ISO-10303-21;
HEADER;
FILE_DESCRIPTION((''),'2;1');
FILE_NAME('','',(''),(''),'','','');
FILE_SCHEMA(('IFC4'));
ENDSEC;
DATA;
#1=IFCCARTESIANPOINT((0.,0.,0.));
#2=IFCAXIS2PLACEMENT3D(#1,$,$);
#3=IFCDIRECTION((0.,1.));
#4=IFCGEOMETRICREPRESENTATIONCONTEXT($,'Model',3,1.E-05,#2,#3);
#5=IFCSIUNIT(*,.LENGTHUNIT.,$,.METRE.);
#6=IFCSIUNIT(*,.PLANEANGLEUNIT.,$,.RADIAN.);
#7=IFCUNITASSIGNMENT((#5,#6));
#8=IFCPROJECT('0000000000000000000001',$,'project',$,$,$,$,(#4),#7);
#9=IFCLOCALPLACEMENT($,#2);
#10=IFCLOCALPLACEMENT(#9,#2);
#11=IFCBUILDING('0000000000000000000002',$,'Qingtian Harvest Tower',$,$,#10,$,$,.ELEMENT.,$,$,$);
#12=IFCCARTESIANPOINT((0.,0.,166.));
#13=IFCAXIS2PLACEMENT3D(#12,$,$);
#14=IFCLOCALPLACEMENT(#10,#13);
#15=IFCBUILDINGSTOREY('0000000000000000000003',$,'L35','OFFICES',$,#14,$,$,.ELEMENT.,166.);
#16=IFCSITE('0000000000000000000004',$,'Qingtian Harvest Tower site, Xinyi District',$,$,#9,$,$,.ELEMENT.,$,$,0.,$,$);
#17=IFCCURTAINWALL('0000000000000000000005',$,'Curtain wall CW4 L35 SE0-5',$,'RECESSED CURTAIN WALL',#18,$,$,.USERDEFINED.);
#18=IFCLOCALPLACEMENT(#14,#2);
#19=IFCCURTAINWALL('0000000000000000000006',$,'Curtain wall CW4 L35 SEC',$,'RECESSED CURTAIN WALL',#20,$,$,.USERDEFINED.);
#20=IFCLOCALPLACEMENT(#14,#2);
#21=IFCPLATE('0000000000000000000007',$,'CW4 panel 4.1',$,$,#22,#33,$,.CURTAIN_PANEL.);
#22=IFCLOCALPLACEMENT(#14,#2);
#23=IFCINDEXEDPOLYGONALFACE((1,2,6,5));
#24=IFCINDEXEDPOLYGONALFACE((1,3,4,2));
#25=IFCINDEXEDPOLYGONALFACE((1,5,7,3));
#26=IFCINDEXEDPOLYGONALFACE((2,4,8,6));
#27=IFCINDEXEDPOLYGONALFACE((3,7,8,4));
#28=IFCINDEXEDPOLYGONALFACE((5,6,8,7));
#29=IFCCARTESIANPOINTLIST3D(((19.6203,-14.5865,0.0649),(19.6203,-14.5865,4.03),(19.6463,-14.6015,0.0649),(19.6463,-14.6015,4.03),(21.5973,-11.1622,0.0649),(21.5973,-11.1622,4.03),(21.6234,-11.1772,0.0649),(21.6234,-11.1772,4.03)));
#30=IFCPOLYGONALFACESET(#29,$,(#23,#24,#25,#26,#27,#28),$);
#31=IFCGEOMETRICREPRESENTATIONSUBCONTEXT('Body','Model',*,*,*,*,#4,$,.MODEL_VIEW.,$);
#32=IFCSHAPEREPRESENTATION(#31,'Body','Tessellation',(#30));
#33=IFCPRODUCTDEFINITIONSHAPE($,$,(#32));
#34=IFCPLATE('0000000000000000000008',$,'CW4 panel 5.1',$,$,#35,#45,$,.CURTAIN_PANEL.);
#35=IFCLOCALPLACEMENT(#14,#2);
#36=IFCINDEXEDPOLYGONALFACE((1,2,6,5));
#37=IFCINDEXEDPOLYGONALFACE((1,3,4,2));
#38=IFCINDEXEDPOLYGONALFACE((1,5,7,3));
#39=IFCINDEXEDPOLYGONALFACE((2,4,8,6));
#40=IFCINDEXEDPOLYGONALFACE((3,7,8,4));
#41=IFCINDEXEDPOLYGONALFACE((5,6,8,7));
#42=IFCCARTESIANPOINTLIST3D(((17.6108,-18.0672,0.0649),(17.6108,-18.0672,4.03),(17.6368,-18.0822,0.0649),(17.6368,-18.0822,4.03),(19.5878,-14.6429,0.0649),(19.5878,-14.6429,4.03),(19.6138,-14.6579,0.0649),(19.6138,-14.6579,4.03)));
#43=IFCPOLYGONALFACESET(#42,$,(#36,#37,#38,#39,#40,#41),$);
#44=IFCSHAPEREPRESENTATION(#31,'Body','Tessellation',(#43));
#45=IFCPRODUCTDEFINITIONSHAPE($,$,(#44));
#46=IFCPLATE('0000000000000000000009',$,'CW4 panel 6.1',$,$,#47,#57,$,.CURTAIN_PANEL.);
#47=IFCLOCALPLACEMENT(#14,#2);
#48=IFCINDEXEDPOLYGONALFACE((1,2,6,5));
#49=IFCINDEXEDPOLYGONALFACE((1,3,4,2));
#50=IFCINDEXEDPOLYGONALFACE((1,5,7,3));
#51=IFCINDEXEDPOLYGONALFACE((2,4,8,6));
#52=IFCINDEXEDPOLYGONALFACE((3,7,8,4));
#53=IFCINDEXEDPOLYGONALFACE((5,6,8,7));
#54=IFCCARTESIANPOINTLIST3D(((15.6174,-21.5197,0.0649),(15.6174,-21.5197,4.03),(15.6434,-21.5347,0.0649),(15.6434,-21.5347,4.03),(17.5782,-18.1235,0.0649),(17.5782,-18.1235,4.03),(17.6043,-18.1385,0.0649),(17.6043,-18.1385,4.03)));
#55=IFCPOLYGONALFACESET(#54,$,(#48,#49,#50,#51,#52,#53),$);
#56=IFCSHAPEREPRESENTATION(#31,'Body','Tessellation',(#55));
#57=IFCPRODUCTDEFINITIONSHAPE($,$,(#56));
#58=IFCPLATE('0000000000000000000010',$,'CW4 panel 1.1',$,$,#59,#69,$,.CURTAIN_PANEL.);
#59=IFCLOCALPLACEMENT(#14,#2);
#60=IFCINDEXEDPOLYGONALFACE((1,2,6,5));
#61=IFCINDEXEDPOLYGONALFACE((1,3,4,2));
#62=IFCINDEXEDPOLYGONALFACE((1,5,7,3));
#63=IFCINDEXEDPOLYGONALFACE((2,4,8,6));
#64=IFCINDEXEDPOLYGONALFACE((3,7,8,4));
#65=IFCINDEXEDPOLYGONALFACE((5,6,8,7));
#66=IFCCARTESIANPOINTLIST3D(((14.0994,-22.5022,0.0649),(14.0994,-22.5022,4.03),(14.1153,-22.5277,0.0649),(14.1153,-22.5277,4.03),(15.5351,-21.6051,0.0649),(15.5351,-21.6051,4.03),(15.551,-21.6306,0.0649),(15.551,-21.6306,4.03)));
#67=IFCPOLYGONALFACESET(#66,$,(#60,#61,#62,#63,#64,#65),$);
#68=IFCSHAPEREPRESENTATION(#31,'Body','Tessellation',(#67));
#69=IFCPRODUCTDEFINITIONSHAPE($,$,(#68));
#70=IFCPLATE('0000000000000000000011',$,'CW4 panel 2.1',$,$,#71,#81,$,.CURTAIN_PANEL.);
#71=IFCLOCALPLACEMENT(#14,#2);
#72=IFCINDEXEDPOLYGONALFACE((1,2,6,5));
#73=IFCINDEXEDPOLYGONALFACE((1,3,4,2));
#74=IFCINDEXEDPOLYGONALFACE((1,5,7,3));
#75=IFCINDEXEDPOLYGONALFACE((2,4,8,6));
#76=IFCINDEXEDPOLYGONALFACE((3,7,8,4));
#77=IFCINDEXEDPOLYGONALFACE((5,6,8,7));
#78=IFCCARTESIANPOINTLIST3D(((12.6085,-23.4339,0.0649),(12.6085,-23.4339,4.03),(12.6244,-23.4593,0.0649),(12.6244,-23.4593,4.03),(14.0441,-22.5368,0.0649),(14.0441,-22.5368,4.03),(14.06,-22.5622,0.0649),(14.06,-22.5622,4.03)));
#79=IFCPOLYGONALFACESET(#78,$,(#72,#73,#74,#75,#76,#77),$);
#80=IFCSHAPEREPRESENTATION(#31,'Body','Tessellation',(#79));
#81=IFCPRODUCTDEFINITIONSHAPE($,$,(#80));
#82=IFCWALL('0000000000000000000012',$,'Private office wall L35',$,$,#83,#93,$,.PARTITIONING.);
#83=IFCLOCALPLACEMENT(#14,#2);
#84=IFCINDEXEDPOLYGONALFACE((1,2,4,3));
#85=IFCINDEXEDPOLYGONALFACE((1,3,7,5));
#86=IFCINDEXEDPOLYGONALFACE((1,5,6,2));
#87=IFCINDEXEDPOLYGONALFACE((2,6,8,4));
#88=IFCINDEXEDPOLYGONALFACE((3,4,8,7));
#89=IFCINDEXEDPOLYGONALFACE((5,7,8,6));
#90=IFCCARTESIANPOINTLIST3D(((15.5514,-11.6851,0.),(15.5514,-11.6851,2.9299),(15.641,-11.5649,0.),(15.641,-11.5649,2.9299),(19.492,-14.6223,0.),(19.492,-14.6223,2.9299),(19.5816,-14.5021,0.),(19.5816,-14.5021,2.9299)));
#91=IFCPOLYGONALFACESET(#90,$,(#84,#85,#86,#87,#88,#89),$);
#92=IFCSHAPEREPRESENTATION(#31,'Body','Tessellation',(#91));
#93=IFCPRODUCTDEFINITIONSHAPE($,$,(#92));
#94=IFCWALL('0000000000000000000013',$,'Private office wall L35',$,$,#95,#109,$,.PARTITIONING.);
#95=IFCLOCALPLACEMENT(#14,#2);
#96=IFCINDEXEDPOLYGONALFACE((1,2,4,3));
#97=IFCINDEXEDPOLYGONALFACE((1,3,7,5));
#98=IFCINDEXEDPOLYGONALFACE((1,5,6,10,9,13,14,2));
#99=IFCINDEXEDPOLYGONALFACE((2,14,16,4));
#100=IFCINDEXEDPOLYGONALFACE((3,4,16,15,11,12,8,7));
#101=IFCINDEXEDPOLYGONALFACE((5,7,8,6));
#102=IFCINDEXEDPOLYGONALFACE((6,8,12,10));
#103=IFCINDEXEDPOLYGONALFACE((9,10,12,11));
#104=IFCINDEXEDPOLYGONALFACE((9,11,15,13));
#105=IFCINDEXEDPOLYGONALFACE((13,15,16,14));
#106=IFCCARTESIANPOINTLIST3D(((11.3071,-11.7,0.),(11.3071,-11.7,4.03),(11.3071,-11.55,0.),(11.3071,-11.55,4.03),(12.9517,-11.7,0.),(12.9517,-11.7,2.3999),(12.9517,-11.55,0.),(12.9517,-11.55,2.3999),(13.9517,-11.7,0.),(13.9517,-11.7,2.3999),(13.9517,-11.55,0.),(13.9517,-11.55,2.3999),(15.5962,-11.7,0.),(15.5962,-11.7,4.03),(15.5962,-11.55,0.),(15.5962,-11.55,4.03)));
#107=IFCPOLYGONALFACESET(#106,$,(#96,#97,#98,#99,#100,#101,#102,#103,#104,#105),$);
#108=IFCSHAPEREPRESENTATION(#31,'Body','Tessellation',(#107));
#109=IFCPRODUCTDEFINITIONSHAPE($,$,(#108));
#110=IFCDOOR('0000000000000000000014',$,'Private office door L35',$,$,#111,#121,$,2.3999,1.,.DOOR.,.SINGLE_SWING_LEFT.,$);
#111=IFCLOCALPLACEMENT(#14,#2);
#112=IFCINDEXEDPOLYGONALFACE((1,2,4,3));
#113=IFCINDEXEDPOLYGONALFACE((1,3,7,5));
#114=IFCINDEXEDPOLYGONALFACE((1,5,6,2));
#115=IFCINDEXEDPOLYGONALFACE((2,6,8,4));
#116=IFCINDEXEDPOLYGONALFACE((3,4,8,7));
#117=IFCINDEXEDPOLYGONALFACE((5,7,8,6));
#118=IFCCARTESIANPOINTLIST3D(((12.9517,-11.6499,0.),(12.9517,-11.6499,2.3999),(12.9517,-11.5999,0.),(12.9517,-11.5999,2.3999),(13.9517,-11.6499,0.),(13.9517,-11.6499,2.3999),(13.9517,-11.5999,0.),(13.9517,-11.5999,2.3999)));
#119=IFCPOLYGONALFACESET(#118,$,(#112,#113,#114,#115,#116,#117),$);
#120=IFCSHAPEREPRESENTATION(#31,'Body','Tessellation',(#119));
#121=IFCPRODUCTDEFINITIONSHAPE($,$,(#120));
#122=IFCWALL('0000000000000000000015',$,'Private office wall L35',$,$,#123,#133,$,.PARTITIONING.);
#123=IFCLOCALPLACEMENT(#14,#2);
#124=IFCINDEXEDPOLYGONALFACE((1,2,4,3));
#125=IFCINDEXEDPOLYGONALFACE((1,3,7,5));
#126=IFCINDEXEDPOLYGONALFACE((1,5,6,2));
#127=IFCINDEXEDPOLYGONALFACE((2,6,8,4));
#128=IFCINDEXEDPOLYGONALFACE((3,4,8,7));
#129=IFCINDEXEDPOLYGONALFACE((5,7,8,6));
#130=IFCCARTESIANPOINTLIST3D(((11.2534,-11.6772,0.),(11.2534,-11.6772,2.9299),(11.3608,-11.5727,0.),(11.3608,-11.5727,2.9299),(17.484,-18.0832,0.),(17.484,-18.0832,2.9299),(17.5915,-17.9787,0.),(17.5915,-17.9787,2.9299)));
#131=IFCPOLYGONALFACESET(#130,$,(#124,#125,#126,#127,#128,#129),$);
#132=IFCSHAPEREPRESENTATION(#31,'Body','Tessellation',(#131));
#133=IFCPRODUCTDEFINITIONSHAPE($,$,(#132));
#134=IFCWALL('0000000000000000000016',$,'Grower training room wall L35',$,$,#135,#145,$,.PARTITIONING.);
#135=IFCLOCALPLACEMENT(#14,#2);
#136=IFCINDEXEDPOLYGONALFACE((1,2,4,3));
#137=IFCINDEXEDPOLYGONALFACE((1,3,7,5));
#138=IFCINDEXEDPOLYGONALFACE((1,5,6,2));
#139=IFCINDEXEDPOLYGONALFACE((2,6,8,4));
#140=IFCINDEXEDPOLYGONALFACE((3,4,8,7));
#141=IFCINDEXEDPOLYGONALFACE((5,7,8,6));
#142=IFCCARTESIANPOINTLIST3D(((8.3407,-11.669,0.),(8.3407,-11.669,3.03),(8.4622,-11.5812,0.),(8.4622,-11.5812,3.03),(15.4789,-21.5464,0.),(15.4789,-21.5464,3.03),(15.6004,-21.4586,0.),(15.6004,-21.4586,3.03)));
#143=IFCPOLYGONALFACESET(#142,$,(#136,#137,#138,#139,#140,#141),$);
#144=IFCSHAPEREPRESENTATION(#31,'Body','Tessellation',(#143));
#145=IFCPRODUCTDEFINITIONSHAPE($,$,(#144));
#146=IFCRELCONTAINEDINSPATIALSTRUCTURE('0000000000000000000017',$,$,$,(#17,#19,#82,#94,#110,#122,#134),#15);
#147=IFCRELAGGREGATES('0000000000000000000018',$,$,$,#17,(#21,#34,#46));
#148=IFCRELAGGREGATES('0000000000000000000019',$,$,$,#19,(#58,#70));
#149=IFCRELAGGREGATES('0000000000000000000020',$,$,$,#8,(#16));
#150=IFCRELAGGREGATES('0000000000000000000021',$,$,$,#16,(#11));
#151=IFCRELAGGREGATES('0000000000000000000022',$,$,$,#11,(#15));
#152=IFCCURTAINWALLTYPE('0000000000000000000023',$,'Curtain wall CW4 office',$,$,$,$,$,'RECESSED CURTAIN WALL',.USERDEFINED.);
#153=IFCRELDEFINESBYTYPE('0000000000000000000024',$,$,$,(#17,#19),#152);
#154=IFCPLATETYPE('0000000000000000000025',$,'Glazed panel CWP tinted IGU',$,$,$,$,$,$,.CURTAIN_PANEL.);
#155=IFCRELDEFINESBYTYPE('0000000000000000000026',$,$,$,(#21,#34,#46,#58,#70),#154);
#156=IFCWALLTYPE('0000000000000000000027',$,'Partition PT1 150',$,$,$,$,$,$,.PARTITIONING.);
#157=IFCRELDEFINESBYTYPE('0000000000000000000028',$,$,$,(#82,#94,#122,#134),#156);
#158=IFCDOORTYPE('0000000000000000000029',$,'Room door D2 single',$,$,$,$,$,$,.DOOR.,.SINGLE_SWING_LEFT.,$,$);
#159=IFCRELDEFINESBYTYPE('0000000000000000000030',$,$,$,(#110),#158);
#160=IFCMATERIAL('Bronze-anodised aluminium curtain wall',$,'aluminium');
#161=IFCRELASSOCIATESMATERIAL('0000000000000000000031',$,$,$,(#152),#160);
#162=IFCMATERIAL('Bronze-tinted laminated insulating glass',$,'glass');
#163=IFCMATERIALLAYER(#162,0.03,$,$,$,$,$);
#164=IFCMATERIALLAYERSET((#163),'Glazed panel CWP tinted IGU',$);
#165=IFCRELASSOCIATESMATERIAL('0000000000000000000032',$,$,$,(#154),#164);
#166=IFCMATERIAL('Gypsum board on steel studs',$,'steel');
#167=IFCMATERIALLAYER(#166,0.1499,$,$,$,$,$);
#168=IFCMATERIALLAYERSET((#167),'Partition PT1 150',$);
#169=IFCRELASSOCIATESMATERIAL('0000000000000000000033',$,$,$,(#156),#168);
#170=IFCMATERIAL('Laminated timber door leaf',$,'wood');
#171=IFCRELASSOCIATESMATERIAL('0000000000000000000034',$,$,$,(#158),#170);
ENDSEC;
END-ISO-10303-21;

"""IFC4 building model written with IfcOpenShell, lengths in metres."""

from ifc_helpers import new_model, si_unit, direction, frame, frame_2d, origin, origin_2d, place, context, subcontext, project, spatial, rectangle, extrude, material, layer, layer_set, type_object, element, fill, aggregate, save


model = new_model("IFC4")

# Units and contexts
model_context = context("Model", 3, precision=1e-05, world=origin(), true_north=direction((0.0, 1.0)))
body_context = subcontext(model_context, "Body", "Model", "MODEL_VIEW")
ifc_project = project(units=[si_unit("LENGTHUNIT", "METRE"), si_unit("PLANEANGLEUNIT", "RADIAN")], contexts=[model_context])

# Site, building, storey
site_placement = place(None, origin())
site = spatial("IfcSite", under=ifc_project, at=site_placement, Name="Qingtian Harvest Tower site, Xinyi District", CompositionType="ELEMENT", RefElevation=0.0)
building_placement = place(site_placement, origin())
building = spatial("IfcBuilding", under=site, at=building_placement, Name="Qingtian Harvest Tower", CompositionType="ELEMENT")
storey_placement = place(building_placement, frame((0.0, 0.0, 166.0)))
storey = spatial("IfcBuildingStorey", under=building, at=storey_placement, Name="L35", Description="OFFICES", CompositionType="ELEMENT", Elevation=166.0)

# Curtain walls
ifc_material_1 = material(Name="Bronze-anodised aluminium curtain wall", Category="aluminium")
curtain_wall_type = type_object("IfcCurtainWallType", Name="Curtain wall CW4 office", ElementType="RECESSED CURTAIN WALL", PredefinedType="USERDEFINED", material=ifc_material_1)
curtain_wall_1_placement = place(storey_placement, origin())
curtain_wall_1 = element("IfcCurtainWall", 1, at=curtain_wall_1_placement, inside=storey, type_object=curtain_wall_type, Name="Curtain wall CW4 L35 SE0-5", ObjectType="RECESSED CURTAIN WALL", PredefinedType="USERDEFINED")
curtain_wall_2_placement = place(storey_placement, origin())
curtain_wall_2 = element("IfcCurtainWall", 2, at=curtain_wall_2_placement, inside=storey, type_object=curtain_wall_type, Name="Curtain wall CW4 L35 SEC", ObjectType="RECESSED CURTAIN WALL", PredefinedType="USERDEFINED")

# Plates
ifc_material_2 = material(Name="Bronze-tinted laminated insulating glass", Category="glass")
ifc_layer_1 = layer(ifc_material_2, 0.03)
ifc_layer_set_1 = layer_set([ifc_layer_1], Name="Glazed panel CWP tinted IGU")
plate_type = type_object("IfcPlateType", Name="Glazed panel CWP tinted IGU", PredefinedType="CURTAIN_PANEL", material=ifc_layer_set_1)
plate_1_placement = place(storey_placement, frame((20.6218, -12.8818, 0.0649), z_axis=(0.0, 0.0, 1.0), x_axis=(-0.5, -0.866025, 0.0)))
plate_1 = element("IfcPlate", 3, at=plate_1_placement, type_object=plate_type, Name="CW4 panel 4.1", PredefinedType="CURTAIN_PANEL", context=body_context, shape_type="SweptSolid", body=[
    extrude(rectangle(XDim=3.9541, YDim=0.03, at=origin_2d()), origin(), (0.0, 0.0, 1.0), 3.9651),
])
plate_2_placement = place(storey_placement, frame((18.6123, -16.3625, 0.0649), z_axis=(0.0, 0.0, 1.0), x_axis=(-0.5, -0.866025, 0.0)))
plate_2 = element("IfcPlate", 4, at=plate_2_placement, type_object=plate_type, Name="CW4 panel 5.1", PredefinedType="CURTAIN_PANEL", context=body_context, shape_type="SweptSolid", body=[
    extrude(rectangle(XDim=3.9541, YDim=0.03, at=origin_2d()), origin(), (0.0, 0.0, 1.0), 3.9651),
])
plate_3_placement = place(storey_placement, frame((16.6108, -19.8291, 0.0649), z_axis=(0.0, 0.0, 1.0), x_axis=(-0.5, -0.866025, 0.0)))
plate_3 = element("IfcPlate", 5, at=plate_3_placement, type_object=plate_type, Name="CW4 panel 6.1", PredefinedType="CURTAIN_PANEL", context=body_context, shape_type="SweptSolid", body=[
    extrude(rectangle(XDim=3.9216, YDim=0.03, at=origin_2d()), origin(), (0.0, 0.0, 1.0), 3.9651),
])
aggregate(curtain_wall_1, [plate_1, plate_2, plate_3])
plate_4_placement = place(storey_placement, frame((14.8252, -22.0664, 0.0649), z_axis=(0.0, 0.0, 1.0), x_axis=(-0.848048, -0.529919, 0.0)))
plate_4 = element("IfcPlate", 6, at=plate_4_placement, type_object=plate_type, Name="CW4 panel 1.1", PredefinedType="CURTAIN_PANEL", context=body_context, shape_type="SweptSolid", body=[
    extrude(rectangle(XDim=1.6929, YDim=0.03, at=origin_2d()), origin(), (0.0, 0.0, 1.0), 3.9651),
])
plate_5_placement = place(storey_placement, frame((13.3342, -22.998, 0.0649), z_axis=(0.0, 0.0, 1.0), x_axis=(-0.848048, -0.529919, 0.0)))
plate_5 = element("IfcPlate", 7, at=plate_5_placement, type_object=plate_type, Name="CW4 panel 2.1", PredefinedType="CURTAIN_PANEL", context=body_context, shape_type="SweptSolid", body=[
    extrude(rectangle(XDim=1.6929, YDim=0.03, at=origin_2d()), origin(), (0.0, 0.0, 1.0), 3.9651),
])
aggregate(curtain_wall_2, [plate_4, plate_5])

# Wall
ifc_material_3 = material(Name="Gypsum board on steel studs", Category="steel")
ifc_layer_2 = layer(ifc_material_3, 0.1499)
ifc_layer_set_2 = layer_set([ifc_layer_2], Name="Partition PT1 150")
wall_type = type_object("IfcWallType", Name="Partition PT1 150", PredefinedType="PARTITIONING", material=ifc_layer_set_2)
wall_1_placement = place(storey_placement, frame((19.5369, -14.5623, 0.0), z_axis=(0.0, 0.0, 1.0), x_axis=(-0.801779, 0.597621, 0.0)))
element("IfcWall", 8, at=wall_1_placement, inside=storey, type_object=wall_type, Name="Private office wall L35", PredefinedType="PARTITIONING", context=body_context, shape_type="SweptSolid", body=[
    extrude(rectangle(XDim=4.9148, YDim=0.1499, at=frame_2d((2.4575, 0.0))), origin(), (0.0, 0.0, 1.0), 2.9299),
])

# Wall, opening, door
wall_2_placement = place(storey_placement, frame((15.5962, -11.625, 0.0), z_axis=(0.0, 0.0, 1.0), x_axis=(-1.0, 0.0, 0.0)))
wall_2 = element("IfcWall", 9, at=wall_2_placement, inside=storey, type_object=wall_type, Name="Private office wall L35", PredefinedType="PARTITIONING", context=body_context, shape_type="SweptSolid", body=[
    extrude(rectangle(XDim=4.2891, YDim=0.1499, at=frame_2d((2.1445, 0.0))), origin(), (0.0, 0.0, 1.0), 4.03),
])
opening_placement = place(wall_2_placement, frame((1.6445, 0.0, 0.0)))
opening = element("IfcOpeningElement", 10, at=opening_placement, cuts=wall_2, PredefinedType="OPENING", context=body_context, shape_type="SweptSolid", body=[
    extrude(rectangle(XDim=1.0, YDim=2.3999, at=frame_2d((0.5, 1.2))), frame((0.0, 0.085, 0.0), z_axis=(0.0, -1.0, 0.0), x_axis=(1.0, 0.0, 0.0)), (0.0, 0.0, 1.0), 0.1699),
])
ifc_material_4 = material(Name="Laminated timber door leaf", Category="wood")
door_type = type_object("IfcDoorType", Name="Room door D2 single", OperationType="SINGLE_SWING_LEFT", PredefinedType="DOOR", material=ifc_material_4)
door_placement = place(opening_placement, origin())
door = element("IfcDoor", 11, at=door_placement, inside=storey, type_object=door_type, Name="Private office door L35", OperationType="SINGLE_SWING_LEFT", OverallHeight=2.3999, OverallWidth=1.0, PredefinedType="DOOR", context=body_context, shape_type="SweptSolid", body=[
    extrude(rectangle(XDim=1.0, YDim=2.3999, at=frame_2d((0.5, 1.2))), frame((0.0, 0.0249, 0.0), z_axis=(0.0, -1.0, 0.0), x_axis=(1.0, 0.0, 0.0)), (0.0, 0.0, 1.0), 0.05),
])
fill(opening, door)

# Walls
wall_3_placement = place(storey_placement, frame((17.5378, -18.031, 0.0), z_axis=(0.0, 0.0, 1.0), x_axis=(-0.697231, 0.716847, 0.0)))
element("IfcWall", 12, at=wall_3_placement, inside=storey, type_object=wall_type, Name="Private office wall L35", PredefinedType="PARTITIONING", context=body_context, shape_type="SweptSolid", body=[
    extrude(rectangle(XDim=8.9363, YDim=0.1499, at=frame_2d((4.4683, 0.0))), origin(), (0.0, 0.0, 1.0), 2.9299),
])
wall_4_placement = place(storey_placement, frame((15.5396, -21.5024, 0.0), z_axis=(0.0, 0.0, 1.0), x_axis=(-0.585732, 0.810505, 0.0)))
element("IfcWall", 13, at=wall_4_placement, inside=storey, type_object=wall_type, Name="Grower training room wall L35", PredefinedType="PARTITIONING", context=body_context, shape_type="SweptSolid", body=[
    extrude(rectangle(XDim=12.1868, YDim=0.1499, at=frame_2d((6.0933, 0.0))), origin(), (0.0, 0.0, 1.0), 3.03),
])

save(model, "model.ifc")
